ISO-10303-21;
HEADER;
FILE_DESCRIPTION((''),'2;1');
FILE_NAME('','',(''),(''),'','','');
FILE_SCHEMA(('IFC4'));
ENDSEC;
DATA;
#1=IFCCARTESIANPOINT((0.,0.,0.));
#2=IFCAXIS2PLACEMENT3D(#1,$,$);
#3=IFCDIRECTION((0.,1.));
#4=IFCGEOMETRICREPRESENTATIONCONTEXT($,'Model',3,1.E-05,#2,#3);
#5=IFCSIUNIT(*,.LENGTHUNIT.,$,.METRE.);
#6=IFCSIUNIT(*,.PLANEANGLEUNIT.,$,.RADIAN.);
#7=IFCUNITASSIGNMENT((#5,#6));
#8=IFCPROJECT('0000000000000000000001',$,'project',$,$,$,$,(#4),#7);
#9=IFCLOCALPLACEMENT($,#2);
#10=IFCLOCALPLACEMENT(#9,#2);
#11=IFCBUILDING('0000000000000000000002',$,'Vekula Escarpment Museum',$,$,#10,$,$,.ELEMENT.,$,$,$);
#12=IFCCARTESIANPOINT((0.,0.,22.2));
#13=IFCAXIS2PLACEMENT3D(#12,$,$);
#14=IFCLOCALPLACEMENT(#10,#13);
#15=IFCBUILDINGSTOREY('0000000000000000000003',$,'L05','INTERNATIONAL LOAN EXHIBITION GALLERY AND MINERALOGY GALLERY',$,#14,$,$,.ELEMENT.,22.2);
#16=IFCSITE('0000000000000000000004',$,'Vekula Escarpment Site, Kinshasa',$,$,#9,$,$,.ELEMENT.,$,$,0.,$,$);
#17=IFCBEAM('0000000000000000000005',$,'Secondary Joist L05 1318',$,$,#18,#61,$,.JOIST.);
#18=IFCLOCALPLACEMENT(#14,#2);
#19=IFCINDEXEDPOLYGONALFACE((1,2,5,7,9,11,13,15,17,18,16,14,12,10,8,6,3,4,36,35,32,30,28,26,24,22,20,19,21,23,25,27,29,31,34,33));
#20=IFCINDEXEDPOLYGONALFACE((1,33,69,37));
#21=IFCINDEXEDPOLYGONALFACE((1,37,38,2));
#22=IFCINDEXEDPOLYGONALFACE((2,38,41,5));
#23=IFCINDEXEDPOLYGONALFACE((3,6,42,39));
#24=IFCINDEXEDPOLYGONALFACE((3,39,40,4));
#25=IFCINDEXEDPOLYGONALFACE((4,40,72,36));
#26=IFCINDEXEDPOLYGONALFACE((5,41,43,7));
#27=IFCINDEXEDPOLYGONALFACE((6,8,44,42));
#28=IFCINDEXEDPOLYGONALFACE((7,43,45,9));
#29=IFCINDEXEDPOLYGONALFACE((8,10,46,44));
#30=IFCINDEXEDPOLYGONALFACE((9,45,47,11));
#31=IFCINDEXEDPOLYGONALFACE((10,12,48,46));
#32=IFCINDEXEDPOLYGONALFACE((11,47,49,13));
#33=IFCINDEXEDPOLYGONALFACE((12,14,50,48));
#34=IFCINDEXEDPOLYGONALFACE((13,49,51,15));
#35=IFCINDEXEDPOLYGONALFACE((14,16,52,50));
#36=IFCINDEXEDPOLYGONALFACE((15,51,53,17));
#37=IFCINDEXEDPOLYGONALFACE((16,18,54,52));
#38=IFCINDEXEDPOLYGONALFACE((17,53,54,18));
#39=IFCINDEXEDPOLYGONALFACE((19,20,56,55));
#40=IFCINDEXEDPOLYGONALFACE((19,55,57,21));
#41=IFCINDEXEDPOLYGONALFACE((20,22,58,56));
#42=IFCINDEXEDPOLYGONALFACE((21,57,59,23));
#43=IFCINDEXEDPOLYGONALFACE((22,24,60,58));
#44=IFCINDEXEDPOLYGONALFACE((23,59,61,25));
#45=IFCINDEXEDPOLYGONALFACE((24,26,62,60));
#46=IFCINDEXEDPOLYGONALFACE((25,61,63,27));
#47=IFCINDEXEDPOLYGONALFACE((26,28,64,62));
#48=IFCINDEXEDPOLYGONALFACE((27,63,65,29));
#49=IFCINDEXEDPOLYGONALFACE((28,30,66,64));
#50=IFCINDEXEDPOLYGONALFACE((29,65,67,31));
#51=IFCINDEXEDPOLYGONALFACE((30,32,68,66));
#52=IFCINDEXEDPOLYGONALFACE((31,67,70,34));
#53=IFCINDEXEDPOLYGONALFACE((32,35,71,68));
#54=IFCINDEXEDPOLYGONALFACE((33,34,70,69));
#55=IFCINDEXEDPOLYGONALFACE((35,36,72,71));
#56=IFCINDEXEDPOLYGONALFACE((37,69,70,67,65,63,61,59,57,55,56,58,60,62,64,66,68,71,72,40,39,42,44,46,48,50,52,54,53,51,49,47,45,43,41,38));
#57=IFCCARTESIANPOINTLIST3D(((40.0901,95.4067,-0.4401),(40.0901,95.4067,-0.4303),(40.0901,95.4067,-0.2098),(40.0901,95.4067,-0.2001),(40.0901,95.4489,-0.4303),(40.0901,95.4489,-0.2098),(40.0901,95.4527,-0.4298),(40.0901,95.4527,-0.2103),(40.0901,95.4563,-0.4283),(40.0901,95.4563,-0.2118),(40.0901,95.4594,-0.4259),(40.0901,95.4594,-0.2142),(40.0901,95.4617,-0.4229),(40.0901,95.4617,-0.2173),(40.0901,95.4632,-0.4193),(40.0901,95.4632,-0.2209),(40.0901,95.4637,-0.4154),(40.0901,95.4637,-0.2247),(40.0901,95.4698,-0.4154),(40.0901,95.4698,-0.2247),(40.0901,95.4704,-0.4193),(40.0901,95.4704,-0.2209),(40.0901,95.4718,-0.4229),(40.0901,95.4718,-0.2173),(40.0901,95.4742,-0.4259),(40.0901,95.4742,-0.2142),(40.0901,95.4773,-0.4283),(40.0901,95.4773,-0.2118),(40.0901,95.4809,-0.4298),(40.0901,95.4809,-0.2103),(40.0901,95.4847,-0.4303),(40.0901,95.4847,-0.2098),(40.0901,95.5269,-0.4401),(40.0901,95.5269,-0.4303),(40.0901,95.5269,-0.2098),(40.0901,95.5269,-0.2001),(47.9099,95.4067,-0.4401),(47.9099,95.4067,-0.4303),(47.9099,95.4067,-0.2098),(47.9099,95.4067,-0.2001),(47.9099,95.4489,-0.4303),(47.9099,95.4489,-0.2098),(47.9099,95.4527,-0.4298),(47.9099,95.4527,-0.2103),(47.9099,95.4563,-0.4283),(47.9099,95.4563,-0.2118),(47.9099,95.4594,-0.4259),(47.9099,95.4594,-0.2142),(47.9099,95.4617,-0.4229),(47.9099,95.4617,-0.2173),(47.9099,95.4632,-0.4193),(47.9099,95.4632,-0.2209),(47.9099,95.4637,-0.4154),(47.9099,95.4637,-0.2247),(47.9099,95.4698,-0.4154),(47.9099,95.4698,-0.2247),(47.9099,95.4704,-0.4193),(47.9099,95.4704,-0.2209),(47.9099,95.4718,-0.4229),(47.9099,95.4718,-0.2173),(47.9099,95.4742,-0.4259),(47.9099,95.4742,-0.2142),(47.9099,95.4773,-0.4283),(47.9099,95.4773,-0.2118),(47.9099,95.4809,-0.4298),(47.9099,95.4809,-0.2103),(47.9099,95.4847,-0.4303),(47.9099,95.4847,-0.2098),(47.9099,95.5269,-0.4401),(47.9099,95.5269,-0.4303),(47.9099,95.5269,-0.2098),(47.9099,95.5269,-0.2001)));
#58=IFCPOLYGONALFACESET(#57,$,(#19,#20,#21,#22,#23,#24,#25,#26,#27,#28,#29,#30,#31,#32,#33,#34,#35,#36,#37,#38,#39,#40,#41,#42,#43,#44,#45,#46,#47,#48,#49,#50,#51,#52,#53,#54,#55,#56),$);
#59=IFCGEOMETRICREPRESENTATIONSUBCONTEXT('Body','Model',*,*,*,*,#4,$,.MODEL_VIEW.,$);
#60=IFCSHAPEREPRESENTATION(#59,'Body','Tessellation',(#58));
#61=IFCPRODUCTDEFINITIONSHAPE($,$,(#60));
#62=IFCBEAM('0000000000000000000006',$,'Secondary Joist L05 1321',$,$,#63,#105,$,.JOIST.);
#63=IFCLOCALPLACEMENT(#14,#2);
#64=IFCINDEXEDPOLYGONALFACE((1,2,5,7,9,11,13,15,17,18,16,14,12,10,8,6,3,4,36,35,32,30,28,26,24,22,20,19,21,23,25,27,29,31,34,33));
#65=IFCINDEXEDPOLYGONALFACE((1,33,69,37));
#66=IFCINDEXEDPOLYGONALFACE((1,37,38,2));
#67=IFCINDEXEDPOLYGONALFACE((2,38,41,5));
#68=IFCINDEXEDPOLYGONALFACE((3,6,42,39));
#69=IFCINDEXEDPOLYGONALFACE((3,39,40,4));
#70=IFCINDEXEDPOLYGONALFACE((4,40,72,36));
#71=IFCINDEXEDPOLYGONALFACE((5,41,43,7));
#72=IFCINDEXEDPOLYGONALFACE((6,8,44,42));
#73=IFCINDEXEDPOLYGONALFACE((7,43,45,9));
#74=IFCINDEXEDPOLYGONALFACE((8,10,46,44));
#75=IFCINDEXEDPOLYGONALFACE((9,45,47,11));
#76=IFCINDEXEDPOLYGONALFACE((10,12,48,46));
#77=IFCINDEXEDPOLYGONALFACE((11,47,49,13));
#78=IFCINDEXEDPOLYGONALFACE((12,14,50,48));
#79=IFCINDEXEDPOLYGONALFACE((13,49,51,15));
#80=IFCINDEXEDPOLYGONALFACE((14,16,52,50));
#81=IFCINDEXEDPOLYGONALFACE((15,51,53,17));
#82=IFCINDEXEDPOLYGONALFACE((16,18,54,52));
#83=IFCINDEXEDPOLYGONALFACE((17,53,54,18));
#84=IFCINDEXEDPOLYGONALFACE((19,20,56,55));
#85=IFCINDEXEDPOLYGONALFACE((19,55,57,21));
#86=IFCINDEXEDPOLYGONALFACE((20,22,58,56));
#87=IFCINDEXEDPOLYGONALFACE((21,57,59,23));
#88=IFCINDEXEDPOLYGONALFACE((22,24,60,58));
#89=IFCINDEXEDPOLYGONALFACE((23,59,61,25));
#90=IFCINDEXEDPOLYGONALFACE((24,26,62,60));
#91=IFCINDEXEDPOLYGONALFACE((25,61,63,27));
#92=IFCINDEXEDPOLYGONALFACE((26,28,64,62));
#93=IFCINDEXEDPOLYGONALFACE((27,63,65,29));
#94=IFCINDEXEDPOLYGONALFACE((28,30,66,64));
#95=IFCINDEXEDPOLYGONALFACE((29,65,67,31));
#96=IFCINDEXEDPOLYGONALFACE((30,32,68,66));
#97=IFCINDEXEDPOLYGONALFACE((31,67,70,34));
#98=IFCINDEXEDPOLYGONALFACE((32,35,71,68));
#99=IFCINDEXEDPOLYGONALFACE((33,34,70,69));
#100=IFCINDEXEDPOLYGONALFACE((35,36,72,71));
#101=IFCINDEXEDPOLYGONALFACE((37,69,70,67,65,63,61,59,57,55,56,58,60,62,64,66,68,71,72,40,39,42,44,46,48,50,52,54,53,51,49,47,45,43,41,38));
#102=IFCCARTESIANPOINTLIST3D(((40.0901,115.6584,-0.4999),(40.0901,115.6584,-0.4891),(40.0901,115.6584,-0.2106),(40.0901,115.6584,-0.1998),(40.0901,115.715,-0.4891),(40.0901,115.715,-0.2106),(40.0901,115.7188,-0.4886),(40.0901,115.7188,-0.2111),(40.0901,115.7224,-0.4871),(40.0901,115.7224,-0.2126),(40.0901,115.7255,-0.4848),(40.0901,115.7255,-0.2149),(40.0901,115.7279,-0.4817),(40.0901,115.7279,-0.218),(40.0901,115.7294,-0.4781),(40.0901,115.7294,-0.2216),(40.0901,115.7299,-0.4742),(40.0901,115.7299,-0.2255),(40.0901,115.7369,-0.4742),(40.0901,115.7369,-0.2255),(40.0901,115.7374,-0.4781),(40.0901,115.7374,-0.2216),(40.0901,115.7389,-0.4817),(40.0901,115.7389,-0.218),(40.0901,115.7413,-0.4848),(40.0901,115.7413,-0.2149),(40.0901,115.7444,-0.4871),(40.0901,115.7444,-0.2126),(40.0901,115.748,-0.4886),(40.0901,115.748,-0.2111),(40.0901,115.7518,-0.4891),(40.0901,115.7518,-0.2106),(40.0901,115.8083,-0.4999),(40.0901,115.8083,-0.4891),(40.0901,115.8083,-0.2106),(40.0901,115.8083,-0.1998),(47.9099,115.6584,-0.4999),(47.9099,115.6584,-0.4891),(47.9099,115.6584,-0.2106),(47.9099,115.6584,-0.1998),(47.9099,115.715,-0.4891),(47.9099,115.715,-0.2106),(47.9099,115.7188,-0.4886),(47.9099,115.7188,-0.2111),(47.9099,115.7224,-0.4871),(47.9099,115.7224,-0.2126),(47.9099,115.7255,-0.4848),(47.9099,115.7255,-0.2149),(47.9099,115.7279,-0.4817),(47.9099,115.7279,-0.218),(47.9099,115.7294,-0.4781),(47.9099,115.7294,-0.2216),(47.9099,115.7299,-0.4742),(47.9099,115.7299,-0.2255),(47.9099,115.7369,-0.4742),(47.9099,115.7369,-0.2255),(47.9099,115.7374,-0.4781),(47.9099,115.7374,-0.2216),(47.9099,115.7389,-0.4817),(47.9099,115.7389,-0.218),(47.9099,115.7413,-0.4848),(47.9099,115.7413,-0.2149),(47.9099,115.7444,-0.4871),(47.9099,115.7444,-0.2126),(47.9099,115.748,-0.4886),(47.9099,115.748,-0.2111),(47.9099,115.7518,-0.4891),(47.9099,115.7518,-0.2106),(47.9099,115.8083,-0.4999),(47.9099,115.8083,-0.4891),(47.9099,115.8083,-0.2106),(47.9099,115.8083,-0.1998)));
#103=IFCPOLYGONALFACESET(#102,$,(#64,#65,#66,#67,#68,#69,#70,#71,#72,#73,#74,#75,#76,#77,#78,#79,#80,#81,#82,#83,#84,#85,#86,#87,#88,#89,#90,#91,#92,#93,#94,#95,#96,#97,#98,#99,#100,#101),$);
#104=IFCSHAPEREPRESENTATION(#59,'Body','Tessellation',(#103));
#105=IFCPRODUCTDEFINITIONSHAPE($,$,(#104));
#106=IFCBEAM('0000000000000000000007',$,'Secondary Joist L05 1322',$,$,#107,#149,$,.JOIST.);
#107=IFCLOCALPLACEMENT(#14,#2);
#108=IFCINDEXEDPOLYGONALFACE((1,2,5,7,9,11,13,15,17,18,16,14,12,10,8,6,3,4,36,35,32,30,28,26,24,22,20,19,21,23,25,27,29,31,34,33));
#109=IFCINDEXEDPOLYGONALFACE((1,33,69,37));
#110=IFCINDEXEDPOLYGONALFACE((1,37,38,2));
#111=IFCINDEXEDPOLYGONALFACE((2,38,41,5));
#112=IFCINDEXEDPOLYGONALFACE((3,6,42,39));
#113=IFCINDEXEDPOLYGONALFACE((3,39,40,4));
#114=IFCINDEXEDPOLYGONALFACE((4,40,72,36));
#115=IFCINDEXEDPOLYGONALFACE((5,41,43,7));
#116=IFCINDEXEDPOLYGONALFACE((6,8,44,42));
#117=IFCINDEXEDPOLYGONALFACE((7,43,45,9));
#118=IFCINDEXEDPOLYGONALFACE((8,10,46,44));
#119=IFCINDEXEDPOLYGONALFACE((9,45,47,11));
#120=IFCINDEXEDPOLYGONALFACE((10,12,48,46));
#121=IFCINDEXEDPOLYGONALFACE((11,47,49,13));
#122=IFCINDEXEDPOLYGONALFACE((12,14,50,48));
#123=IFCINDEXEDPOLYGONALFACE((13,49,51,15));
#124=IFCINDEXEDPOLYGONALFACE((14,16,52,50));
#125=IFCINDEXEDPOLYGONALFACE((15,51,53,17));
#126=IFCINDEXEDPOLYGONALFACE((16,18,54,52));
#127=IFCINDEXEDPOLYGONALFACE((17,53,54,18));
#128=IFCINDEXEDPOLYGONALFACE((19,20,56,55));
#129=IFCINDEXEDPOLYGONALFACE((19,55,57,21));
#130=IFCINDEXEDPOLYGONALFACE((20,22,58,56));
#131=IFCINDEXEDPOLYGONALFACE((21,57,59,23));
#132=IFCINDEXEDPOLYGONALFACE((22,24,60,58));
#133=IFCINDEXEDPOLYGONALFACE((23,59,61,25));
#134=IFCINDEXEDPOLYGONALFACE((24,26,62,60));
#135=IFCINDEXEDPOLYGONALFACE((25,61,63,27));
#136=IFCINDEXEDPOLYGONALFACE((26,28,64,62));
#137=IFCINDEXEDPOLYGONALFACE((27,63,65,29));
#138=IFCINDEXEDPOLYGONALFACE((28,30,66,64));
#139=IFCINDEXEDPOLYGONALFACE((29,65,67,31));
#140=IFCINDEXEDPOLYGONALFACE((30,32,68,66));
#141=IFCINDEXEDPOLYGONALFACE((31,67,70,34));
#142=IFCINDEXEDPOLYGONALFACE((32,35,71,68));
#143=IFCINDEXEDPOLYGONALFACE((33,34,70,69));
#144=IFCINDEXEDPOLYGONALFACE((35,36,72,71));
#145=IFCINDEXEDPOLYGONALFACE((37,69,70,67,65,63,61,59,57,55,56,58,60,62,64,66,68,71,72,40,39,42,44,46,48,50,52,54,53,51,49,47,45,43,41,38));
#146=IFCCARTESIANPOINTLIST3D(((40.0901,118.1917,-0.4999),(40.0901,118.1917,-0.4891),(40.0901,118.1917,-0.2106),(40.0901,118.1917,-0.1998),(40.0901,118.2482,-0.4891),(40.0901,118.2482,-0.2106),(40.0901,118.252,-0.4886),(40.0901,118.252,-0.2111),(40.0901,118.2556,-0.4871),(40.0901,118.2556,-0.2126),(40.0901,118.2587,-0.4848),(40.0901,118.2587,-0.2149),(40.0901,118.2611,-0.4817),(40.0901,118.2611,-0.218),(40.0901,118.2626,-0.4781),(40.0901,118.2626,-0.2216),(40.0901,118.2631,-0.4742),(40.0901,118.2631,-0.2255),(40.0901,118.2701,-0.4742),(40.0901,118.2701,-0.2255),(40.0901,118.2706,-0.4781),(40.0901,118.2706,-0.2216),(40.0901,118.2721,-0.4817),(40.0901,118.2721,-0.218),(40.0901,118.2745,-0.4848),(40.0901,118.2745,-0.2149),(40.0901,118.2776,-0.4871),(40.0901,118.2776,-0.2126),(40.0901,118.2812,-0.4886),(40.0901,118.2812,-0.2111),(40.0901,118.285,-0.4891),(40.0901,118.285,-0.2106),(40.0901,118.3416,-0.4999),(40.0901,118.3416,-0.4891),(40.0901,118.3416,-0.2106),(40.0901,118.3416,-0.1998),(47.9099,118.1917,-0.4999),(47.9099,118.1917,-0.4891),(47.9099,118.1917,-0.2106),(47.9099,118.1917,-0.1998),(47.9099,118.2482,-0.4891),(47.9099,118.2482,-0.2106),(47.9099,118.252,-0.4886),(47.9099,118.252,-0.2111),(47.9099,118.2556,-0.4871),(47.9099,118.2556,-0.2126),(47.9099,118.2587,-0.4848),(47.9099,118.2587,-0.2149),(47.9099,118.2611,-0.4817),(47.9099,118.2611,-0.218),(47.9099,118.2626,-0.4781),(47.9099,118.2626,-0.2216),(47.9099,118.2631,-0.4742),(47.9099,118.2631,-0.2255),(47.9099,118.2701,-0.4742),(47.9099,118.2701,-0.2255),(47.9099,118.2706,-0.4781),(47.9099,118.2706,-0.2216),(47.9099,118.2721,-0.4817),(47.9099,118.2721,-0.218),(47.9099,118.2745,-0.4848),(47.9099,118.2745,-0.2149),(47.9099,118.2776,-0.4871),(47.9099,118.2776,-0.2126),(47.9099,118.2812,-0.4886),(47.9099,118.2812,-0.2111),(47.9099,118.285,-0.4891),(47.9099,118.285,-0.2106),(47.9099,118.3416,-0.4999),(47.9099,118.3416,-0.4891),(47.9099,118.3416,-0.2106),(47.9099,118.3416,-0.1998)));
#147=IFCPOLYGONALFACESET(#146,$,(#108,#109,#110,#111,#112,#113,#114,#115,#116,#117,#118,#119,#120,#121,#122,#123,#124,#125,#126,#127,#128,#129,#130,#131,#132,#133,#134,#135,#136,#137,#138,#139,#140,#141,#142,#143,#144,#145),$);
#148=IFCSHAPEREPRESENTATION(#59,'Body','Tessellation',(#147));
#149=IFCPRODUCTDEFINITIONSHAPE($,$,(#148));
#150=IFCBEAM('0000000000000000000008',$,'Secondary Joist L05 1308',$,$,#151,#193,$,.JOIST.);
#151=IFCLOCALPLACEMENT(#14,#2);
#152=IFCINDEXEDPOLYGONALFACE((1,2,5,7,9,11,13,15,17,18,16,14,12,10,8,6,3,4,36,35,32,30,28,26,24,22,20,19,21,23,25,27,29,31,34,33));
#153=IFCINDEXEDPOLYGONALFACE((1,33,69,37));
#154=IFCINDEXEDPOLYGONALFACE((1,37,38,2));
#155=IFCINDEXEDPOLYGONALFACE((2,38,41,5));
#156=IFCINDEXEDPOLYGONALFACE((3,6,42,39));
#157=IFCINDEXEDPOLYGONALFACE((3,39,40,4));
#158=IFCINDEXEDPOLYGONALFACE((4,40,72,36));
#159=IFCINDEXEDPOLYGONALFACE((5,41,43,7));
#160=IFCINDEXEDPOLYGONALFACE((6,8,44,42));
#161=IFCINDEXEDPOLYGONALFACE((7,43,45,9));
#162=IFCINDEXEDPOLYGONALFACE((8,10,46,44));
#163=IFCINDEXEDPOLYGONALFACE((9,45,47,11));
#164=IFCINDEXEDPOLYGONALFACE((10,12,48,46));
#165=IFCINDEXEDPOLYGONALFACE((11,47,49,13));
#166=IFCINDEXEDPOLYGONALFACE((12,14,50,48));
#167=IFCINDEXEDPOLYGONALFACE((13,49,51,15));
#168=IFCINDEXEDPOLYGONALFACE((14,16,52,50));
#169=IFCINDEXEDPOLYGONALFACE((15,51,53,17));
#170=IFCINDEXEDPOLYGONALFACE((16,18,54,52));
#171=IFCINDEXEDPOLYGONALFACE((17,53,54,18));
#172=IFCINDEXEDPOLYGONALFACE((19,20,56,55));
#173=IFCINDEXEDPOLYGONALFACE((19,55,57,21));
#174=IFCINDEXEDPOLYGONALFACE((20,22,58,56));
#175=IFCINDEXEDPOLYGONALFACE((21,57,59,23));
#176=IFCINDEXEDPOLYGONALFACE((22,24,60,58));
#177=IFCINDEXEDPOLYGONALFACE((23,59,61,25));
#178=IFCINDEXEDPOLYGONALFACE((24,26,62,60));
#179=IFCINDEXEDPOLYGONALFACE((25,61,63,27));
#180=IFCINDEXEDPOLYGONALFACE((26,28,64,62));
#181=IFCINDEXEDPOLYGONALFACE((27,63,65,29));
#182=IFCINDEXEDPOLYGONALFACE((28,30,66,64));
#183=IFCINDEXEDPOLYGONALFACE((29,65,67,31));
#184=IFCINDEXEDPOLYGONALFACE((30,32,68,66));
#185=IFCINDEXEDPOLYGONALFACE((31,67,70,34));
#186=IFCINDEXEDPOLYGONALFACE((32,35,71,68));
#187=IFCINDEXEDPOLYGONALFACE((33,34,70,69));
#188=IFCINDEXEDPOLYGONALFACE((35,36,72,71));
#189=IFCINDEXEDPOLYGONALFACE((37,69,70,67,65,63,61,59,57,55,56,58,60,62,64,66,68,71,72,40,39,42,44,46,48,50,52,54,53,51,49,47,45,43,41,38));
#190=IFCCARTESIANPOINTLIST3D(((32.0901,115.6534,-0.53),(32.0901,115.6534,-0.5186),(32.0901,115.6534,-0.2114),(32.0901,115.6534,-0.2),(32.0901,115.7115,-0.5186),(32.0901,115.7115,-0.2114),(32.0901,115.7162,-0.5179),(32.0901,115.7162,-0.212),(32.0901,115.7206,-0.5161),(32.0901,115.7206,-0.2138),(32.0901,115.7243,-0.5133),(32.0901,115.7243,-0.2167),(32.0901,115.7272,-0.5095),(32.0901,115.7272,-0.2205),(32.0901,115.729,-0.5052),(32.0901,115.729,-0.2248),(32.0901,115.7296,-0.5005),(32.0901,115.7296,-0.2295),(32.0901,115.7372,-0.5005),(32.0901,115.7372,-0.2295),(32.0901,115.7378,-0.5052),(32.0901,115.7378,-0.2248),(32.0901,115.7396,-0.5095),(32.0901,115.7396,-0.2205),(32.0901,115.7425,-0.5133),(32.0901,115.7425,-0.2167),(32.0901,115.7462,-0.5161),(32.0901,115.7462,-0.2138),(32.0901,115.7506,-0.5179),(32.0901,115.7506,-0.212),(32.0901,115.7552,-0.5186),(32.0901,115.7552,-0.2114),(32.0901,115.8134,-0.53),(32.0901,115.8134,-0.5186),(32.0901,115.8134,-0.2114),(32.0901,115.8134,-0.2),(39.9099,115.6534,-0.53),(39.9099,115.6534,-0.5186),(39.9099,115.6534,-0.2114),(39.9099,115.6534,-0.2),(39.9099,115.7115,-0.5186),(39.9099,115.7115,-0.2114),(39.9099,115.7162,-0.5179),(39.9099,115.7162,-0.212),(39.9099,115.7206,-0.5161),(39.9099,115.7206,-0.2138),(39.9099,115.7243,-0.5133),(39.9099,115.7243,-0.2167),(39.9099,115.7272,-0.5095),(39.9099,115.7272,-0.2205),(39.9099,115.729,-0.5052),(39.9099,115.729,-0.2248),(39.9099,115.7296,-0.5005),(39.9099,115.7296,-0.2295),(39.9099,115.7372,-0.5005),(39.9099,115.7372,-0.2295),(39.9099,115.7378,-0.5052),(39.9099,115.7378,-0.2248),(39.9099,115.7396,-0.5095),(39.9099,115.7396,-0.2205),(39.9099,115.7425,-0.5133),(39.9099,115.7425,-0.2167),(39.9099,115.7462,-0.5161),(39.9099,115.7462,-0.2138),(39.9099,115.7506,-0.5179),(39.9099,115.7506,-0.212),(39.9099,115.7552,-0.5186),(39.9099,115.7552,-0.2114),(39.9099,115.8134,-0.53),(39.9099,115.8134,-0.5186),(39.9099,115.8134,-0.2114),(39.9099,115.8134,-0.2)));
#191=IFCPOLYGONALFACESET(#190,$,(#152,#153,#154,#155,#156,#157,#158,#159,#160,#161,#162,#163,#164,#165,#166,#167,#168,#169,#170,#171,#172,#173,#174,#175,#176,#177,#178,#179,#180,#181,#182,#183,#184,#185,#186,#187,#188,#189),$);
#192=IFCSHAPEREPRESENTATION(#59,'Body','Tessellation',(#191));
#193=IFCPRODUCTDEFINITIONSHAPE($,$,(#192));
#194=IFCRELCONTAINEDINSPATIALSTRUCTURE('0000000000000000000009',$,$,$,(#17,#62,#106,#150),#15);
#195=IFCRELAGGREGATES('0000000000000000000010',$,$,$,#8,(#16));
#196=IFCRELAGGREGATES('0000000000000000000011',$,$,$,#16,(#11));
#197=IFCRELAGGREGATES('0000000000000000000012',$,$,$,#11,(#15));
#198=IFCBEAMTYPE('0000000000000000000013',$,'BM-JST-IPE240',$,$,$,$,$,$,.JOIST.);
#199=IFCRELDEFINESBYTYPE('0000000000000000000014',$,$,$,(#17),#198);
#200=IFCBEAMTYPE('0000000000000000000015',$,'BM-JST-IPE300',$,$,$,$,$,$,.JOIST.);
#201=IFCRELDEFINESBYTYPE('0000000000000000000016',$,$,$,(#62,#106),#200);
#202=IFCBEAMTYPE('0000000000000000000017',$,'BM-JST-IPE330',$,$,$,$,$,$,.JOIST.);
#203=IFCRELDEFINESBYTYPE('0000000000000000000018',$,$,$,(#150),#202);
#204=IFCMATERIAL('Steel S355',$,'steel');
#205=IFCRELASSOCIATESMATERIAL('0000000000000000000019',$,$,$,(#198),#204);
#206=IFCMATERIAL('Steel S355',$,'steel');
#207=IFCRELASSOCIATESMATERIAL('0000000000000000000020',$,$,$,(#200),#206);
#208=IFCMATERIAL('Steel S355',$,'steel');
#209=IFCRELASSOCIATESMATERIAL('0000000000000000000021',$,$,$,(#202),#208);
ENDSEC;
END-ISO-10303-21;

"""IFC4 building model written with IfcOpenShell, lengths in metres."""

from ifc_helpers import new_model, si_unit, direction, frame, origin, origin_2d, place, context, subcontext, project, spatial, i_section, extrude, material, material_profile, profile_set, type_object, element, save


model = new_model("IFC4")

# Units and contexts
model_context = context("Model", 3, precision=1e-05, world=origin(), true_north=direction((0.0, 1.0)))
body_context = subcontext(model_context, "Body", "Model", "MODEL_VIEW")
ifc_project = project(units=[si_unit("LENGTHUNIT", "METRE"), si_unit("PLANEANGLEUNIT", "RADIAN")], contexts=[model_context])

# Site, building, storey
site_placement = place(None, origin())
site = spatial("IfcSite", under=ifc_project, at=site_placement, Name="Vekula Escarpment Site, Kinshasa", CompositionType="ELEMENT", RefElevation=0.0)
building_placement = place(site_placement, origin())
building = spatial("IfcBuilding", under=site, at=building_placement, Name="Vekula Escarpment Museum", CompositionType="ELEMENT")
storey_placement = place(building_placement, frame((0.0, 0.0, 22.2)))
storey = spatial("IfcBuildingStorey", under=building, at=storey_placement, Name="L05", Description="INTERNATIONAL LOAN EXHIBITION GALLERY AND MINERALOGY GALLERY", CompositionType="ELEMENT", Elevation=22.2)

# Beams
ifc_material_1 = material(Name="Steel S355", Category="steel")
ifc_material_profile_1 = material_profile(ifc_material_1, i_section(OverallWidth=0.1201, OverallDepth=0.24, WebThickness=0.0061, FlangeThickness=0.0098, FilletRadius=0.0149, at=origin_2d()), Name="IPE 240")
ifc_profile_set_1 = profile_set([ifc_material_profile_1], Name="Steel S355")
beam_type_1 = type_object("IfcBeamType", Name="BM-JST-IPE240", PredefinedType="JOIST", material=ifc_profile_set_1)
beam_1_placement = place(storey_placement, frame((40.0901, 95.4668, -0.3201), z_axis=(1.0, 0.0, 0.0), x_axis=(0.0, 1.0, 0.0)))
element("IfcBeam", 1, at=beam_1_placement, inside=storey, type_object=beam_type_1, Name="Secondary Joist L05 1318", PredefinedType="JOIST", context=body_context, shape_type="SweptSolid", body=[
    extrude(i_section(OverallWidth=0.1201, OverallDepth=0.24, WebThickness=0.0061, FlangeThickness=0.0098, FilletRadius=0.0149, at=origin_2d()), origin(), (0.0, 0.0, 1.0), 7.8198),
])
ifc_material_2 = material(Name="Steel S355", Category="steel")
ifc_material_profile_2 = material_profile(ifc_material_2, i_section(OverallWidth=0.1499, OverallDepth=0.3, WebThickness=0.0071, FlangeThickness=0.0107, FilletRadius=0.0149, at=origin_2d()), Name="IPE 300")
ifc_profile_set_2 = profile_set([ifc_material_profile_2], Name="Steel S355")
beam_type_2 = type_object("IfcBeamType", Name="BM-JST-IPE300", PredefinedType="JOIST", material=ifc_profile_set_2)
for number, where, z_axis, x_axis, name in (
    (2, (40.0901, 115.7334, -0.3499), (1.0, 0.0, 0.0), (0.0, 1.0, 0.0), "Secondary Joist L05 1321"),
    (3, (40.0901, 118.2666, -0.3499), (1.0, 0.0, 0.0), (0.0, 1.0, 0.0), "Secondary Joist L05 1322"),
):
    element("IfcBeam", number, at=place(storey_placement, frame(where, z_axis=z_axis, x_axis=x_axis)), inside=storey, type_object=beam_type_2, Name=name, PredefinedType="JOIST", context=body_context, shape_type="SweptSolid", body=[
        extrude(i_section(OverallWidth=0.1499, OverallDepth=0.3, WebThickness=0.0071, FlangeThickness=0.0107, FilletRadius=0.0149, at=origin_2d()), origin(), (0.0, 0.0, 1.0), 7.8198),
    ])
ifc_material_3 = material(Name="Steel S355", Category="steel")
ifc_material_profile_3 = material_profile(ifc_material_3, i_section(OverallWidth=0.1599, OverallDepth=0.3301, WebThickness=0.0076, FlangeThickness=0.0115, FilletRadius=0.0181, at=origin_2d()), Name="IPE 330")
ifc_profile_set_3 = profile_set([ifc_material_profile_3], Name="Steel S355")
beam_type_3 = type_object("IfcBeamType", Name="BM-JST-IPE330", PredefinedType="JOIST", material=ifc_profile_set_3)
for number, where, z_axis, x_axis, name in (
    (4, (32.0901, 115.7334, -0.365), (1.0, 0.0, 0.0), (0.0, 1.0, 0.0), "Secondary Joist L05 1308"),
):
    element("IfcBeam", number, at=place(storey_placement, frame(where, z_axis=z_axis, x_axis=x_axis)), inside=storey, type_object=beam_type_3, Name=name, PredefinedType="JOIST", context=body_context, shape_type="SweptSolid", body=[
        extrude(i_section(OverallWidth=0.1599, OverallDepth=0.3301, WebThickness=0.0076, FlangeThickness=0.0115, FilletRadius=0.0181, at=origin_2d()), origin(), (0.0, 0.0, 1.0), 7.8198),
    ])

save(model, "model.ifc")
